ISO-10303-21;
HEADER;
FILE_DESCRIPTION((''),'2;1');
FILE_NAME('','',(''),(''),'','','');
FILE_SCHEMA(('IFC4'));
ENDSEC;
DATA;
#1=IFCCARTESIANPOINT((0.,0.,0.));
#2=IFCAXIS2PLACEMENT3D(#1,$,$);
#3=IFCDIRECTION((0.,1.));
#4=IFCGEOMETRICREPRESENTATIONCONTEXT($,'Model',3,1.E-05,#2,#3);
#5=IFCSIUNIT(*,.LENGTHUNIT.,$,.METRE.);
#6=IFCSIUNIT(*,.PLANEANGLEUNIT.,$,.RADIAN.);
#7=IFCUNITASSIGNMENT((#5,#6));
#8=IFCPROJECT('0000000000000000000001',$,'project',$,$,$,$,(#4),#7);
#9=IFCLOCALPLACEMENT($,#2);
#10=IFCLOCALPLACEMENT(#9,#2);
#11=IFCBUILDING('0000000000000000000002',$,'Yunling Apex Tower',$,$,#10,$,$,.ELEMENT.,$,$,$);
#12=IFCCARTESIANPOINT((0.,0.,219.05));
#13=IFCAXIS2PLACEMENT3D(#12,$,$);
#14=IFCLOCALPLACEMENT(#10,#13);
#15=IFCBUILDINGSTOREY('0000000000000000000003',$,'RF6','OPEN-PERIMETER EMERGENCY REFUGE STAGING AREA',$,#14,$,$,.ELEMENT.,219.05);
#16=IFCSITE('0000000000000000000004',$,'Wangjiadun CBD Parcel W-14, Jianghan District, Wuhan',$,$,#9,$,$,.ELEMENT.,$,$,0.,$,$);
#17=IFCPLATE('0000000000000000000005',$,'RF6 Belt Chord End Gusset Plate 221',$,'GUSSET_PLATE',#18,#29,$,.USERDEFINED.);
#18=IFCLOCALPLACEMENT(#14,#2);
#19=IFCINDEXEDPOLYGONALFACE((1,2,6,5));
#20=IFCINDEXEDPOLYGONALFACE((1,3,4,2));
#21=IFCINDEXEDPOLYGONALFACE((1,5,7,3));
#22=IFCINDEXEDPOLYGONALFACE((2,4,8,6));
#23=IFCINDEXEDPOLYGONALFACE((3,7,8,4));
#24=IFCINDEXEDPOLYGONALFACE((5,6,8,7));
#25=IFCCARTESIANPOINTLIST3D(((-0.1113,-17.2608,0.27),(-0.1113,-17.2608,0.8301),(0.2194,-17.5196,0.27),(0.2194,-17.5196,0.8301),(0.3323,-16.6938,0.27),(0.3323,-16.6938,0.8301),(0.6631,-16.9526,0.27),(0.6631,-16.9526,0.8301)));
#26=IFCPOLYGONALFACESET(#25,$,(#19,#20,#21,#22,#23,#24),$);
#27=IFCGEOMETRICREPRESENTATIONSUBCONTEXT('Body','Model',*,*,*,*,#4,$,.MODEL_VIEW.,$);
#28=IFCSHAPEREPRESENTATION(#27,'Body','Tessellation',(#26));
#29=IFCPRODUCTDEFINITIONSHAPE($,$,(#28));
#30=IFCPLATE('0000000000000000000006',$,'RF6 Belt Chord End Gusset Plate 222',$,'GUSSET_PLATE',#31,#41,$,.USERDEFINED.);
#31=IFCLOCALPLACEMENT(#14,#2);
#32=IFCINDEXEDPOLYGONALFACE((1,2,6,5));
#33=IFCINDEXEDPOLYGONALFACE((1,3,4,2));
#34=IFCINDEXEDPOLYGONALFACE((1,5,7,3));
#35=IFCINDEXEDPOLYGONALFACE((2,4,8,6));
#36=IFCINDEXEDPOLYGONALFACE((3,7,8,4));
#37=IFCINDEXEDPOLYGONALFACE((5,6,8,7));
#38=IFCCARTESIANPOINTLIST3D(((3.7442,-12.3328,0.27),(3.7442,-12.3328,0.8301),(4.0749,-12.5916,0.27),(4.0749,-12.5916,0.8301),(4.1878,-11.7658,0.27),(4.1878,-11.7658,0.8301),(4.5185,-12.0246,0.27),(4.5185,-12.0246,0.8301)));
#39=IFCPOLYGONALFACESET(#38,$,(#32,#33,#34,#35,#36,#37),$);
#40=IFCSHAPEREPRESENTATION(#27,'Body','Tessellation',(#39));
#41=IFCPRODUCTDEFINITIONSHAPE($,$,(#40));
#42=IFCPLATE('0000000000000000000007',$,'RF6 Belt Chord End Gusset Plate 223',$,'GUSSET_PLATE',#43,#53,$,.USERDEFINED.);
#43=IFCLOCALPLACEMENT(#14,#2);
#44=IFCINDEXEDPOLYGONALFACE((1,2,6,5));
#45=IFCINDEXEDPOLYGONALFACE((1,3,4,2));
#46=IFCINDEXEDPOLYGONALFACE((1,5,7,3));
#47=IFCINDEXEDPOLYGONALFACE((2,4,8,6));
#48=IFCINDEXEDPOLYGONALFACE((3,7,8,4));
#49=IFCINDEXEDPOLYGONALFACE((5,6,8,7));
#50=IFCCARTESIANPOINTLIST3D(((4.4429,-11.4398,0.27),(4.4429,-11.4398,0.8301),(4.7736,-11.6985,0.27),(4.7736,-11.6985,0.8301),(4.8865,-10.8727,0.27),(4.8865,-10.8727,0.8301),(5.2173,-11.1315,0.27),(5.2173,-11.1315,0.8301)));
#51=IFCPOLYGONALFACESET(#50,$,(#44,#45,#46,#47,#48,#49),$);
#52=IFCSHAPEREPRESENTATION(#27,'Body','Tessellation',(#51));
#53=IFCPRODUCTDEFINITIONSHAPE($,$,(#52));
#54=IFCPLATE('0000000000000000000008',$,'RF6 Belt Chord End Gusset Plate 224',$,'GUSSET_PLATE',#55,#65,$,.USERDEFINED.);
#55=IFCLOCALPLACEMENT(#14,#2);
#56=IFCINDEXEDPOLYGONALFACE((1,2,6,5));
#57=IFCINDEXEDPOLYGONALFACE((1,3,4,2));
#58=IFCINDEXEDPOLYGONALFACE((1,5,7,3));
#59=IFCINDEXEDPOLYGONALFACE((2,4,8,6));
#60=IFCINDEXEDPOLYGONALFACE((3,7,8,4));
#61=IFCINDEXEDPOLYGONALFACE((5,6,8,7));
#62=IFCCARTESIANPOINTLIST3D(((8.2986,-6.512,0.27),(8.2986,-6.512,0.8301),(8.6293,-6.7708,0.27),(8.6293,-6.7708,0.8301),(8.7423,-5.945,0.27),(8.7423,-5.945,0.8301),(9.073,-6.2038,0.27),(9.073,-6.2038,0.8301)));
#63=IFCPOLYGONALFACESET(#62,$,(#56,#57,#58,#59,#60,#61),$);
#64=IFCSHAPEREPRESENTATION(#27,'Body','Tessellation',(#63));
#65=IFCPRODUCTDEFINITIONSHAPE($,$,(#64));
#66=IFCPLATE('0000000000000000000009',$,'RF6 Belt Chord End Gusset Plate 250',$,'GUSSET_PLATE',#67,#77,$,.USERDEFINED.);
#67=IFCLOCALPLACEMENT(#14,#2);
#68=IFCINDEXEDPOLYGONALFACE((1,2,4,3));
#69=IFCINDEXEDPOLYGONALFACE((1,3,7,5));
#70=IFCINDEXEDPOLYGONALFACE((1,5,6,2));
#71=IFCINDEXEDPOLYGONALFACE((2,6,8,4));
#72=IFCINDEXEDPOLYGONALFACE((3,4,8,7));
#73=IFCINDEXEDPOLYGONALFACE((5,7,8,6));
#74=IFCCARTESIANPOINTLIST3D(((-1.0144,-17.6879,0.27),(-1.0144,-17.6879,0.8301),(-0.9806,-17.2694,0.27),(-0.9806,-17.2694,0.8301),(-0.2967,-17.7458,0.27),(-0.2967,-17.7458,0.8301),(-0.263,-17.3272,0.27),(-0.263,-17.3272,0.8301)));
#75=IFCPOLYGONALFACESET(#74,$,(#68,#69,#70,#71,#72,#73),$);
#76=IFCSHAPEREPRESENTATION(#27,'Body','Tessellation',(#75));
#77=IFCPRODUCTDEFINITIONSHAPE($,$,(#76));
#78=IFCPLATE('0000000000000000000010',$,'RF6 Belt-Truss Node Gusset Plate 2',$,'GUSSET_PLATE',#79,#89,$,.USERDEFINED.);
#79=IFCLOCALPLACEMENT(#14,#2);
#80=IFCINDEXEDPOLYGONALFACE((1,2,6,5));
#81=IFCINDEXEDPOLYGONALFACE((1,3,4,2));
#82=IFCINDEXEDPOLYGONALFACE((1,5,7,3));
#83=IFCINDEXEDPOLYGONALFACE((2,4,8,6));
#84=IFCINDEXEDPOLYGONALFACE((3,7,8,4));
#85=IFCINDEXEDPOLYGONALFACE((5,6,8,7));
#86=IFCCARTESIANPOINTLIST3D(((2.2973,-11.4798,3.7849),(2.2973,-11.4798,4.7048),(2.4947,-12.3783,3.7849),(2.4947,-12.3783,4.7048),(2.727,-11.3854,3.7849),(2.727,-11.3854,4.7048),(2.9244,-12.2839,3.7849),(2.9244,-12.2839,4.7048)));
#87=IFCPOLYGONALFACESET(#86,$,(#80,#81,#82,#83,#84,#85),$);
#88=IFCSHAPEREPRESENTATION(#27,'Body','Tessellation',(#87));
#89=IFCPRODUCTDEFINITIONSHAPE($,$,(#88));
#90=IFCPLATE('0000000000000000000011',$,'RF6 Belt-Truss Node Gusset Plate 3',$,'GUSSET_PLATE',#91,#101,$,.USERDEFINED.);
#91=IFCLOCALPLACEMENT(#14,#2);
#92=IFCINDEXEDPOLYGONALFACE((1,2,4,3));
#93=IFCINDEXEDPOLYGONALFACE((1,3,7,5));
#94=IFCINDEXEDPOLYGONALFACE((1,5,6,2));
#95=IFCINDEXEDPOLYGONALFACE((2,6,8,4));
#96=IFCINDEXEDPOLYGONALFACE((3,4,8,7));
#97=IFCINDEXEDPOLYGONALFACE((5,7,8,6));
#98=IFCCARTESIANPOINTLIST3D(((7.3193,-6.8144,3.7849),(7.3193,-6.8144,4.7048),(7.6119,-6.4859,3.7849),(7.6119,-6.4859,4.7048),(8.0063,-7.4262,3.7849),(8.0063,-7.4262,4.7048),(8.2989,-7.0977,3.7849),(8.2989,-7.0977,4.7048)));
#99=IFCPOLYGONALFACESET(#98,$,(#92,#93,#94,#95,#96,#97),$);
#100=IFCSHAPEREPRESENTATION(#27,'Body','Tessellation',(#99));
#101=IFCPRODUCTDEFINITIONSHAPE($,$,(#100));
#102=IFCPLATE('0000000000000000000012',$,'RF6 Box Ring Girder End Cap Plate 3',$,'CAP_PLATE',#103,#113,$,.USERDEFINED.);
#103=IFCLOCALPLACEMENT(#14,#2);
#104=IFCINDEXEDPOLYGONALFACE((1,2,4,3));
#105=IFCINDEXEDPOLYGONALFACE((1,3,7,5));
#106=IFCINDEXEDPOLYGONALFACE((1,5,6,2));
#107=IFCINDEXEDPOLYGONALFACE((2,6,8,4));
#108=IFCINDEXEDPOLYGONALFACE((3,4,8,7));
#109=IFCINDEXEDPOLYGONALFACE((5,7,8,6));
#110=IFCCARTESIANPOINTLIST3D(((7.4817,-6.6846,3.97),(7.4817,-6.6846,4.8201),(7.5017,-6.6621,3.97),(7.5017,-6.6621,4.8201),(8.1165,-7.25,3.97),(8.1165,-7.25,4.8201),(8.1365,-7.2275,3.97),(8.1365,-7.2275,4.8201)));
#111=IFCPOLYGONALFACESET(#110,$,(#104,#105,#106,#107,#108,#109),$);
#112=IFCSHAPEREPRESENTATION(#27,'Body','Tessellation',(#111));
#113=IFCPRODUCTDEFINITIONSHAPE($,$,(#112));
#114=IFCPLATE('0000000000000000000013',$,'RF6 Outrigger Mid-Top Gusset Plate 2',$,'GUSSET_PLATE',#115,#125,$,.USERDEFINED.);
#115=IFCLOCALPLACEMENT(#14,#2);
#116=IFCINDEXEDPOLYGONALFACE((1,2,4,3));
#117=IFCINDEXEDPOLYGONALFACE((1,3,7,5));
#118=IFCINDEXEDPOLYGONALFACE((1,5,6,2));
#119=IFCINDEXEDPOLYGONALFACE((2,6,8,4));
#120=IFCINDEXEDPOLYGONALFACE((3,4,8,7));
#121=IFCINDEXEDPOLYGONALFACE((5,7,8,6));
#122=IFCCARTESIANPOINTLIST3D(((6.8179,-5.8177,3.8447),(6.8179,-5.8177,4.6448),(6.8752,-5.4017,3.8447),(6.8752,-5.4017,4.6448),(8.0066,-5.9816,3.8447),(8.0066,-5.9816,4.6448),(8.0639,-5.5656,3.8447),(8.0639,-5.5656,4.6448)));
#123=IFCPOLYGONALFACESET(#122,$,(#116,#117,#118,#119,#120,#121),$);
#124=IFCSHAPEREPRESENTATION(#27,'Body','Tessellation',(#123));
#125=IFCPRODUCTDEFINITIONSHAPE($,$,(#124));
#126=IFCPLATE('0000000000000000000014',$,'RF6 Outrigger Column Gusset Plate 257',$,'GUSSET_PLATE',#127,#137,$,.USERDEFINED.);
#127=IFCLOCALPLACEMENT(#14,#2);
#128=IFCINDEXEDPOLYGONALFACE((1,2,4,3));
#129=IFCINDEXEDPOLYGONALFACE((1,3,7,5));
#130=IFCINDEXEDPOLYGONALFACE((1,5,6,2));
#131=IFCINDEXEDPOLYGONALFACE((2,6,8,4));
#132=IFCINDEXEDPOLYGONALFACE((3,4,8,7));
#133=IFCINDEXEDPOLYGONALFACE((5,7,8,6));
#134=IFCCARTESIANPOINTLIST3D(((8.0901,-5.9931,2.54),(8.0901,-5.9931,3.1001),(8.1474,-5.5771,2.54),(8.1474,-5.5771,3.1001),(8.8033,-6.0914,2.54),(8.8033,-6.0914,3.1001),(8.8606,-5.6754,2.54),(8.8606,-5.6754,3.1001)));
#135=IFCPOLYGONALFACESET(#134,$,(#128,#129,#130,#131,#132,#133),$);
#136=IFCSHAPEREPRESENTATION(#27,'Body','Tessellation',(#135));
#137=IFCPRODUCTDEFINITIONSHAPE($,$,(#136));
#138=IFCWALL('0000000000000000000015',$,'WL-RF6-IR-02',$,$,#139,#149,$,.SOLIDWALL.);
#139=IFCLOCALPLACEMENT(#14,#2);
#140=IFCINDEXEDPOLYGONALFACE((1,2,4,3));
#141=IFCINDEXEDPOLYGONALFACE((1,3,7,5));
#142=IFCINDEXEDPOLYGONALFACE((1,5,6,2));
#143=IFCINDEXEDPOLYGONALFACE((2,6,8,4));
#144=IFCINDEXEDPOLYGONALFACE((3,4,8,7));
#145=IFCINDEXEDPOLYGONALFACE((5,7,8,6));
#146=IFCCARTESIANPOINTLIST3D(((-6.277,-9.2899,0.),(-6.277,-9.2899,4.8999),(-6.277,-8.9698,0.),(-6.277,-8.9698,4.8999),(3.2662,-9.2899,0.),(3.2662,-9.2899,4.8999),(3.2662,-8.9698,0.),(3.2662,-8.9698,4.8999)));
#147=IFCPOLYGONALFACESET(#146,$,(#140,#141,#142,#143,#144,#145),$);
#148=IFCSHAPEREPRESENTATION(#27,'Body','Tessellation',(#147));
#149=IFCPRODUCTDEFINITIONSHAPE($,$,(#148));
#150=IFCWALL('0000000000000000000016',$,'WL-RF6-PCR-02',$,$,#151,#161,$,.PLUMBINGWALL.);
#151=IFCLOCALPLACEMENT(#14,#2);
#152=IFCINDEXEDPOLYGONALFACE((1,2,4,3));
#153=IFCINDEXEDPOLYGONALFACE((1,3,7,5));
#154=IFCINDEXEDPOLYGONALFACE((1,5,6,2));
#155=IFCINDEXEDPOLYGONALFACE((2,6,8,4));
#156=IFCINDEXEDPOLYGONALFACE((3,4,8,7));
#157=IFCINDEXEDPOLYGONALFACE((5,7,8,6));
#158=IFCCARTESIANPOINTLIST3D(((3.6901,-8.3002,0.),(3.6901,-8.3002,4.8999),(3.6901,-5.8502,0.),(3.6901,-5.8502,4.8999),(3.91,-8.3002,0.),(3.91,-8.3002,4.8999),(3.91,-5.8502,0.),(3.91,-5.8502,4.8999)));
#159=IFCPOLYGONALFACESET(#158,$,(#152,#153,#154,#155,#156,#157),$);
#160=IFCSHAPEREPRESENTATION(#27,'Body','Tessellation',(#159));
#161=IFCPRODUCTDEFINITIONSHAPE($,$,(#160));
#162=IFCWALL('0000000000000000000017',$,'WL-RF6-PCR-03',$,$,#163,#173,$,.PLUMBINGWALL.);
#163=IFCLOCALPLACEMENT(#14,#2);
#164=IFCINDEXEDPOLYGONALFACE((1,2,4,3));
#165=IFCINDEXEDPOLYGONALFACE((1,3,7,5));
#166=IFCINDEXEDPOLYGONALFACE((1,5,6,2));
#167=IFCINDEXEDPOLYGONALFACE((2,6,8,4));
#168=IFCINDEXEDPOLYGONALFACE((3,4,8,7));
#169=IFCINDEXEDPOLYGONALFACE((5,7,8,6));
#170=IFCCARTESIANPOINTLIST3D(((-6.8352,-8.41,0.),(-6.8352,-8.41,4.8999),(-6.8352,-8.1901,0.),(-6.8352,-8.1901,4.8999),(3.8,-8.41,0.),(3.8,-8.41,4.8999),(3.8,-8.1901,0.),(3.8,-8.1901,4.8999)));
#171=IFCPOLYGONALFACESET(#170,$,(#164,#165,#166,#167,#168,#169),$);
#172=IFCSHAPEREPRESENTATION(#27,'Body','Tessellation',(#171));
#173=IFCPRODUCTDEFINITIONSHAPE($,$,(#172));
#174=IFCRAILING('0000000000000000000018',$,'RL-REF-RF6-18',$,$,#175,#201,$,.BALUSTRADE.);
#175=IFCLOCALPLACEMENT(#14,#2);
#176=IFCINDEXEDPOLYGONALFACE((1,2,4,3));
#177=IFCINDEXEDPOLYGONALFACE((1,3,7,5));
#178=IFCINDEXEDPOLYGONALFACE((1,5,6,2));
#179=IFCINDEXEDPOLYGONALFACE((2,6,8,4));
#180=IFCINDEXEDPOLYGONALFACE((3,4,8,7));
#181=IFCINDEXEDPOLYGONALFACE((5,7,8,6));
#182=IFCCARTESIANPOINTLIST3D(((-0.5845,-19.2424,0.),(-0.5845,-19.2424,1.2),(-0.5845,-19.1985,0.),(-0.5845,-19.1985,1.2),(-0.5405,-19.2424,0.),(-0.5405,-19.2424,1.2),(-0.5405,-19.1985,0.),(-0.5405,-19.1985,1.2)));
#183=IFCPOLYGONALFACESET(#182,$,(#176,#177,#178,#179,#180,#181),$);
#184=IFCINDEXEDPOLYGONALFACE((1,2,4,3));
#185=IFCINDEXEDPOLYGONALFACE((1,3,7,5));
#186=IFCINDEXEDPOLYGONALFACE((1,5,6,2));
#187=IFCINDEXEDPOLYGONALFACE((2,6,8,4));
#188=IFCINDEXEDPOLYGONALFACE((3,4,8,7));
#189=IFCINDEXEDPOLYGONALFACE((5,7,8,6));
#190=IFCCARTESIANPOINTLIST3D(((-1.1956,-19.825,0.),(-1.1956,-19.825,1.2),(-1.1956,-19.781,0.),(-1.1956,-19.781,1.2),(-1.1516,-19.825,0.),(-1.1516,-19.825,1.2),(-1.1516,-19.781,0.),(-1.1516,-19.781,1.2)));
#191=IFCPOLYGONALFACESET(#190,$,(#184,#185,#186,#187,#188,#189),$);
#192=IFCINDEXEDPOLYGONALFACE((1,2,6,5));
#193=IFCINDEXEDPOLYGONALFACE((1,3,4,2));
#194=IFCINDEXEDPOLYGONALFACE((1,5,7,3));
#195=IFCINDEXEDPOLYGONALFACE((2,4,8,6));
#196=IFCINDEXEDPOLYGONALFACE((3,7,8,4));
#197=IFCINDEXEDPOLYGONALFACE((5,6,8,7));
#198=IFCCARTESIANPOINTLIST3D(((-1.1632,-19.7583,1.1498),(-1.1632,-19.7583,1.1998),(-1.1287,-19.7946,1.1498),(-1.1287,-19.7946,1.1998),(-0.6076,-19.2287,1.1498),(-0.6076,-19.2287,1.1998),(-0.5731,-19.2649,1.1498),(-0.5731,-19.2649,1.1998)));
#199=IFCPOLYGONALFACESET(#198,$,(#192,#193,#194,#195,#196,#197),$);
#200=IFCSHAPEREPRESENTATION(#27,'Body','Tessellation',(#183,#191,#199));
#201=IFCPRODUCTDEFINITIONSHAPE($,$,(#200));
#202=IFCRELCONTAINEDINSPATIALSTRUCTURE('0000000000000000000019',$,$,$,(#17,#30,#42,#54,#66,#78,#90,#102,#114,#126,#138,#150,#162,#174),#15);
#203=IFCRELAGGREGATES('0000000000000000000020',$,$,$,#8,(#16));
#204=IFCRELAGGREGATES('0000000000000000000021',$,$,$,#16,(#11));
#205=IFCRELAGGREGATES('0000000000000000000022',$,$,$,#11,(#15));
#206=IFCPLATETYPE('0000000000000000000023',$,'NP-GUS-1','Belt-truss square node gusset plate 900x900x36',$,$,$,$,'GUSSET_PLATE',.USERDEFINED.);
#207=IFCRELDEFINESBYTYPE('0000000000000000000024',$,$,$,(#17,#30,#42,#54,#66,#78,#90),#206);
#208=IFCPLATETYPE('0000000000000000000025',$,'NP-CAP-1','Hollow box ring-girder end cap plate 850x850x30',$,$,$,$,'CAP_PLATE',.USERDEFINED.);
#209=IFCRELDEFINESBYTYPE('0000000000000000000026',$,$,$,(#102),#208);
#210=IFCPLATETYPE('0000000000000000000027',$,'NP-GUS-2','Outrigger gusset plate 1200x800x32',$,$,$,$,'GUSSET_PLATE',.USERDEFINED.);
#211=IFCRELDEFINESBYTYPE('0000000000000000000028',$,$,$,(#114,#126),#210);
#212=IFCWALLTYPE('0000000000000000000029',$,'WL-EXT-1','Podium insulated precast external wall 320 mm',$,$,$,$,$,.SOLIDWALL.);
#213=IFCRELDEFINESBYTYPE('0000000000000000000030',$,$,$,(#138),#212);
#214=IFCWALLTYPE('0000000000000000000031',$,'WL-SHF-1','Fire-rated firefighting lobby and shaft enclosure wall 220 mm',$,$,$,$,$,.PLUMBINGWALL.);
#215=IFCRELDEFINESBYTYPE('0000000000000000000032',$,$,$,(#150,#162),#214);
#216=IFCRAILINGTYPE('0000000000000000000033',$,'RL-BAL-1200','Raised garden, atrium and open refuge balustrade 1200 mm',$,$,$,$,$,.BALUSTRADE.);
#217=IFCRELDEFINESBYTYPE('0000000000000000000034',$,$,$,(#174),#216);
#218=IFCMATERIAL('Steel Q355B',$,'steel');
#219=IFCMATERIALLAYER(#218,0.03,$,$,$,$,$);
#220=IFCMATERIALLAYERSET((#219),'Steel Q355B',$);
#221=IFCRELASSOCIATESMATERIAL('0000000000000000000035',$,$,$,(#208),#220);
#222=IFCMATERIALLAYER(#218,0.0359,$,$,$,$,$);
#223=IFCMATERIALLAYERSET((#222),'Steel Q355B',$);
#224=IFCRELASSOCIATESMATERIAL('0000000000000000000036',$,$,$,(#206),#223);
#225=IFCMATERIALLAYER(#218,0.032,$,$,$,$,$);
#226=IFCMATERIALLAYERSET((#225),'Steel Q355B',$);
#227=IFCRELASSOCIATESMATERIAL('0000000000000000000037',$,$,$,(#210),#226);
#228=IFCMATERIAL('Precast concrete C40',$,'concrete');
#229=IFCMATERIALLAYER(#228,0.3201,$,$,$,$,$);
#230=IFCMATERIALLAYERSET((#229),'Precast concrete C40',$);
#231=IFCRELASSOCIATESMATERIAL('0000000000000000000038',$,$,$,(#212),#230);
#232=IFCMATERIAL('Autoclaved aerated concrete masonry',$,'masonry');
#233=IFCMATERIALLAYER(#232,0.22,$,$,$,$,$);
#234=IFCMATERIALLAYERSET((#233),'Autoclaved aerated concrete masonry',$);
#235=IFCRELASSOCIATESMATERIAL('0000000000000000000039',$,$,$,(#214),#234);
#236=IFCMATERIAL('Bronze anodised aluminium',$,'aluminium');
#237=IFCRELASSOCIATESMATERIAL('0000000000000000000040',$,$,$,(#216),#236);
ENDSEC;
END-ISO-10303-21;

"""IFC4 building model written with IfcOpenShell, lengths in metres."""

from ifc_helpers import new_model, si_unit, direction, frame, frame_2d, origin, origin_2d, place, context, subcontext, project, spatial, rectangle, extrude, source, transform, mapped, material, layer, layer_set, type_object, element, save


model = new_model("IFC4")

# Units and contexts
model_context = context("Model", 3, precision=1e-05, world=origin(), true_north=direction((0.0, 1.0)))
body_context = subcontext(model_context, "Body", "Model", "MODEL_VIEW")
ifc_project = project(units=[si_unit("LENGTHUNIT", "METRE"), si_unit("PLANEANGLEUNIT", "RADIAN")], contexts=[model_context])

# Site, building, storey
site_placement = place(None, origin())
site = spatial("IfcSite", under=ifc_project, at=site_placement, Name="Wangjiadun CBD Parcel W-14, Jianghan District, Wuhan", CompositionType="ELEMENT", RefElevation=0.0)
building_placement = place(site_placement, origin())
building = spatial("IfcBuilding", under=site, at=building_placement, Name="Yunling Apex Tower", CompositionType="ELEMENT")
storey_placement = place(building_placement, frame((0.0, 0.0, 219.05)))
storey = spatial("IfcBuildingStorey", under=building, at=storey_placement, Name="RF6", Description="OPEN-PERIMETER EMERGENCY REFUGE STAGING AREA", CompositionType="ELEMENT", Elevation=219.05)

# Shared definitions
ifc_material_1 = material(Name="Steel Q355B", Category="steel")

# Plates
ifc_layer_1 = layer(ifc_material_1, 0.03)
ifc_layer_set_1 = layer_set([ifc_layer_1], Name="Steel Q355B")
plate_type_1 = type_object("IfcPlateType", Name="NP-CAP-1", Description="Hollow box ring-girder end cap plate 850x850x30", ElementType="CAP_PLATE", PredefinedType="USERDEFINED", material=ifc_layer_set_1)
ifc_layer_2 = layer(ifc_material_1, 0.0359)
ifc_layer_set_2 = layer_set([ifc_layer_2], Name="Steel Q355B")
plate_type_2 = type_object("IfcPlateType", Name="NP-GUS-1", Description="Belt-truss square node gusset plate 900x900x36", ElementType="GUSSET_PLATE", PredefinedType="USERDEFINED", material=ifc_layer_set_2)
shared_shape_1 = source(origin(), body_context, "Body", "SweptSolid", [
    extrude(rectangle(XDim=0.72, YDim=0.4199, at=origin_2d()), origin(), (0.0, 0.0, 1.0), 0.5601),
])
for number, where, z_axis, x_axis, name in (
    (1, (0.2759, -17.1067, 0.27), (0.0, 0.0, 1.0), (0.616211, 0.787581, 0.0), "RF6 Belt Chord End Gusset Plate 221"),
    (2, (4.1313, -12.1787, 0.27), (0.0, 0.0, 1.0), (0.616211, 0.787581, 0.0), "RF6 Belt Chord End Gusset Plate 222"),
    (3, (4.8301, -11.2856, 0.27), (0.0, 0.0, 1.0), (0.616211, 0.787581, 0.0), "RF6 Belt Chord End Gusset Plate 223"),
    (4, (8.6858, -6.3579, 0.27), (0.0, 0.0, 1.0), (0.616211, 0.787581, 0.0), "RF6 Belt Chord End Gusset Plate 224"),
    (5, (-0.6387, -17.5076, 0.27), (0.0, 0.0, 1.0), (0.996765, -0.080373, 0.0), "RF6 Belt Chord End Gusset Plate 250"),
):
    element("IfcPlate", number, at=place(storey_placement, frame(where, z_axis=z_axis, x_axis=x_axis)), inside=storey, type_object=plate_type_2, Name=name, ObjectType="GUSSET_PLATE", PredefinedType="USERDEFINED", context=body_context, shape_type="MappedRepresentation", body=[
        mapped(shared_shape_1, transform((0.0, 0.0, 0.0), scale=1.0)),
    ])
shared_shape_2 = source(origin(), body_context, "Body", "SweptSolid", [
    extrude(rectangle(XDim=0.9199, YDim=0.4399, at=origin_2d()), origin(), (0.0, 0.0, 1.0), 0.9199),
])
for number, where, z_axis, x_axis, name in (
    (6, (2.6108, -11.8818, 3.7849), (0.0, 0.0, 1.0), (0.214565, -0.97671, 0.0), "RF6 Belt-Truss Node Gusset Plate 2"),
    (7, (7.8091, -6.9561, 3.7849), (0.0, 0.0, 1.0), (0.746754, -0.6651, 0.0), "RF6 Belt-Truss Node Gusset Plate 3"),
):
    element("IfcPlate", number, at=place(storey_placement, frame(where, z_axis=z_axis, x_axis=x_axis)), inside=storey, type_object=plate_type_2, Name=name, ObjectType="GUSSET_PLATE", PredefinedType="USERDEFINED", context=body_context, shape_type="MappedRepresentation", body=[
        mapped(shared_shape_2, transform((0.0, 0.0, 0.0), scale=1.0)),
    ])
shared_shape_3 = source(origin(), body_context, "Body", "SweptSolid", [
    extrude(rectangle(XDim=0.8501, YDim=0.03, at=origin_2d()), origin(), (0.0, 0.0, 1.0), 0.8501),
])
plate_1_placement = place(storey_placement, frame((7.8091, -6.9561, 3.97), z_axis=(0.0, 0.0, 1.0), x_axis=(0.746754, -0.6651, 0.0)))
element("IfcPlate", 8, at=plate_1_placement, inside=storey, type_object=plate_type_1, Name="RF6 Box Ring Girder End Cap Plate 3", ObjectType="CAP_PLATE", PredefinedType="USERDEFINED", context=body_context, shape_type="MappedRepresentation", body=[
    mapped(shared_shape_3, transform((0.0, 0.0, 0.0), scale=1.0)),
])
ifc_layer_3 = layer(ifc_material_1, 0.032)
ifc_layer_set_3 = layer_set([ifc_layer_3], Name="Steel Q355B")
plate_type_3 = type_object("IfcPlateType", Name="NP-GUS-2", Description="Outrigger gusset plate 1200x800x32", ElementType="GUSSET_PLATE", PredefinedType="USERDEFINED", material=ifc_layer_set_3)
shared_shape_4 = source(origin(), body_context, "Body", "SweptSolid", [
    extrude(rectangle(XDim=1.2, YDim=0.4199, at=origin_2d()), origin(), (0.0, 0.0, 1.0), 0.8),
])
plate_2_placement = place(storey_placement, frame((7.4409, -5.6917, 3.8447), z_axis=(0.0, 0.0, 1.0), x_axis=(0.990629, -0.13658, 0.0)))
element("IfcPlate", 9, at=plate_2_placement, inside=storey, type_object=plate_type_3, Name="RF6 Outrigger Mid-Top Gusset Plate 2", ObjectType="GUSSET_PLATE", PredefinedType="USERDEFINED", context=body_context, shape_type="MappedRepresentation", body=[
    mapped(shared_shape_4, transform((0.0, 0.0, 0.0), scale=1.0)),
])
shared_shape_5 = source(origin(), body_context, "Body", "SweptSolid", [
    extrude(rectangle(XDim=0.72, YDim=0.4199, at=origin_2d()), origin(), (0.0, 0.0, 1.0), 0.5601),
])
plate_3_placement = place(storey_placement, frame((8.4753, -5.8342, 2.54), z_axis=(0.0, 0.0, 1.0), x_axis=(0.990629, -0.13658, 0.0)))
element("IfcPlate", 10, at=plate_3_placement, inside=storey, type_object=plate_type_3, Name="RF6 Outrigger Column Gusset Plate 257", ObjectType="GUSSET_PLATE", PredefinedType="USERDEFINED", context=body_context, shape_type="MappedRepresentation", body=[
    mapped(shared_shape_5, transform((0.0, 0.0, 0.0), scale=1.0)),
])

# Walls
ifc_material_2 = material(Name="Precast concrete C40", Category="concrete")
ifc_layer_4 = layer(ifc_material_2, 0.3201)
ifc_layer_set_4 = layer_set([ifc_layer_4], Name="Precast concrete C40")
wall_type_1 = type_object("IfcWallType", Name="WL-EXT-1", Description="Podium insulated precast external wall 320 mm", PredefinedType="SOLIDWALL", material=ifc_layer_set_4)
wall_1_placement = place(storey_placement, frame((3.2661, -9.1299, 0.0), z_axis=(0.0, 0.0, 1.0), x_axis=(-1.0, 0.0, 0.0)))
element("IfcWall", 11, at=wall_1_placement, inside=storey, type_object=wall_type_1, Name="WL-RF6-IR-02", PredefinedType="SOLIDWALL", context=body_context, shape_type="SweptSolid", body=[
    extrude(rectangle(XDim=9.5432, YDim=0.3201, at=frame_2d((4.7715, 0.0))), origin(), (0.0, 0.0, 1.0), 4.8999),
])
ifc_material_3 = material(Name="Autoclaved aerated concrete masonry", Category="masonry")
ifc_layer_5 = layer(ifc_material_3, 0.22)
ifc_layer_set_5 = layer_set([ifc_layer_5], Name="Autoclaved aerated concrete masonry")
wall_type_2 = type_object("IfcWallType", Name="WL-SHF-1", Description="Fire-rated firefighting lobby and shaft enclosure wall 220 mm", PredefinedType="PLUMBINGWALL", material=ifc_layer_set_5)
wall_2_placement = place(storey_placement, frame((3.8, -5.8501, 0.0), z_axis=(0.0, 0.0, 1.0), x_axis=(0.0, -1.0, 0.0)))
element("IfcWall", 12, at=wall_2_placement, inside=storey, type_object=wall_type_2, Name="WL-RF6-PCR-02", PredefinedType="PLUMBINGWALL", context=body_context, shape_type="SweptSolid", body=[
    extrude(rectangle(XDim=2.45, YDim=0.22, at=frame_2d((1.2251, 0.0))), origin(), (0.0, 0.0, 1.0), 4.8999),
])
wall_3_placement = place(storey_placement, frame((3.8, -8.3, 0.0), z_axis=(0.0, 0.0, 1.0), x_axis=(-1.0, 0.0, 0.0)))
element("IfcWall", 13, at=wall_3_placement, inside=storey, type_object=wall_type_2, Name="WL-RF6-PCR-03", PredefinedType="PLUMBINGWALL", context=body_context, shape_type="SweptSolid", body=[
    extrude(rectangle(XDim=10.6353, YDim=0.22, at=frame_2d((5.3176, 0.0))), origin(), (0.0, 0.0, 1.0), 4.8999),
])

# Railing
ifc_material_4 = material(Name="Bronze anodised aluminium", Category="aluminium")
railing_type = type_object("IfcRailingType", Name="RL-BAL-1200", Description="Raised garden, atrium and open refuge balustrade 1200 mm", PredefinedType="BALUSTRADE", material=ifc_material_4)
railing_1_placement = place(storey_placement, frame((-0.5625, -19.2205, 0.0)))
element("IfcRailing", 14, at=railing_1_placement, inside=storey, type_object=railing_type, Name="RL-REF-RF6-18", PredefinedType="BALUSTRADE", context=body_context, shape_type="SweptSolid", body=[
    extrude(rectangle(XDim=0.0439, YDim=0.0439, at=origin_2d()), origin(), (0.0, 0.0, 1.0), 1.2),
    extrude(rectangle(XDim=0.0439, YDim=0.0439, at=origin_2d()), frame((-0.6111, -0.5825, 0.0)), (0.0, 0.0, 1.0), 1.2),
    extrude(rectangle(XDim=0.05, YDim=0.05, at=origin_2d()), frame((-0.0278, -0.0264, 1.1748), z_axis=(-0.723822, -0.689987, 0.0), x_axis=(0.689987, -0.723822, 0.0)), (0.0, 0.0, 1.0), 0.7676),
])

save(model, "model.ifc")
